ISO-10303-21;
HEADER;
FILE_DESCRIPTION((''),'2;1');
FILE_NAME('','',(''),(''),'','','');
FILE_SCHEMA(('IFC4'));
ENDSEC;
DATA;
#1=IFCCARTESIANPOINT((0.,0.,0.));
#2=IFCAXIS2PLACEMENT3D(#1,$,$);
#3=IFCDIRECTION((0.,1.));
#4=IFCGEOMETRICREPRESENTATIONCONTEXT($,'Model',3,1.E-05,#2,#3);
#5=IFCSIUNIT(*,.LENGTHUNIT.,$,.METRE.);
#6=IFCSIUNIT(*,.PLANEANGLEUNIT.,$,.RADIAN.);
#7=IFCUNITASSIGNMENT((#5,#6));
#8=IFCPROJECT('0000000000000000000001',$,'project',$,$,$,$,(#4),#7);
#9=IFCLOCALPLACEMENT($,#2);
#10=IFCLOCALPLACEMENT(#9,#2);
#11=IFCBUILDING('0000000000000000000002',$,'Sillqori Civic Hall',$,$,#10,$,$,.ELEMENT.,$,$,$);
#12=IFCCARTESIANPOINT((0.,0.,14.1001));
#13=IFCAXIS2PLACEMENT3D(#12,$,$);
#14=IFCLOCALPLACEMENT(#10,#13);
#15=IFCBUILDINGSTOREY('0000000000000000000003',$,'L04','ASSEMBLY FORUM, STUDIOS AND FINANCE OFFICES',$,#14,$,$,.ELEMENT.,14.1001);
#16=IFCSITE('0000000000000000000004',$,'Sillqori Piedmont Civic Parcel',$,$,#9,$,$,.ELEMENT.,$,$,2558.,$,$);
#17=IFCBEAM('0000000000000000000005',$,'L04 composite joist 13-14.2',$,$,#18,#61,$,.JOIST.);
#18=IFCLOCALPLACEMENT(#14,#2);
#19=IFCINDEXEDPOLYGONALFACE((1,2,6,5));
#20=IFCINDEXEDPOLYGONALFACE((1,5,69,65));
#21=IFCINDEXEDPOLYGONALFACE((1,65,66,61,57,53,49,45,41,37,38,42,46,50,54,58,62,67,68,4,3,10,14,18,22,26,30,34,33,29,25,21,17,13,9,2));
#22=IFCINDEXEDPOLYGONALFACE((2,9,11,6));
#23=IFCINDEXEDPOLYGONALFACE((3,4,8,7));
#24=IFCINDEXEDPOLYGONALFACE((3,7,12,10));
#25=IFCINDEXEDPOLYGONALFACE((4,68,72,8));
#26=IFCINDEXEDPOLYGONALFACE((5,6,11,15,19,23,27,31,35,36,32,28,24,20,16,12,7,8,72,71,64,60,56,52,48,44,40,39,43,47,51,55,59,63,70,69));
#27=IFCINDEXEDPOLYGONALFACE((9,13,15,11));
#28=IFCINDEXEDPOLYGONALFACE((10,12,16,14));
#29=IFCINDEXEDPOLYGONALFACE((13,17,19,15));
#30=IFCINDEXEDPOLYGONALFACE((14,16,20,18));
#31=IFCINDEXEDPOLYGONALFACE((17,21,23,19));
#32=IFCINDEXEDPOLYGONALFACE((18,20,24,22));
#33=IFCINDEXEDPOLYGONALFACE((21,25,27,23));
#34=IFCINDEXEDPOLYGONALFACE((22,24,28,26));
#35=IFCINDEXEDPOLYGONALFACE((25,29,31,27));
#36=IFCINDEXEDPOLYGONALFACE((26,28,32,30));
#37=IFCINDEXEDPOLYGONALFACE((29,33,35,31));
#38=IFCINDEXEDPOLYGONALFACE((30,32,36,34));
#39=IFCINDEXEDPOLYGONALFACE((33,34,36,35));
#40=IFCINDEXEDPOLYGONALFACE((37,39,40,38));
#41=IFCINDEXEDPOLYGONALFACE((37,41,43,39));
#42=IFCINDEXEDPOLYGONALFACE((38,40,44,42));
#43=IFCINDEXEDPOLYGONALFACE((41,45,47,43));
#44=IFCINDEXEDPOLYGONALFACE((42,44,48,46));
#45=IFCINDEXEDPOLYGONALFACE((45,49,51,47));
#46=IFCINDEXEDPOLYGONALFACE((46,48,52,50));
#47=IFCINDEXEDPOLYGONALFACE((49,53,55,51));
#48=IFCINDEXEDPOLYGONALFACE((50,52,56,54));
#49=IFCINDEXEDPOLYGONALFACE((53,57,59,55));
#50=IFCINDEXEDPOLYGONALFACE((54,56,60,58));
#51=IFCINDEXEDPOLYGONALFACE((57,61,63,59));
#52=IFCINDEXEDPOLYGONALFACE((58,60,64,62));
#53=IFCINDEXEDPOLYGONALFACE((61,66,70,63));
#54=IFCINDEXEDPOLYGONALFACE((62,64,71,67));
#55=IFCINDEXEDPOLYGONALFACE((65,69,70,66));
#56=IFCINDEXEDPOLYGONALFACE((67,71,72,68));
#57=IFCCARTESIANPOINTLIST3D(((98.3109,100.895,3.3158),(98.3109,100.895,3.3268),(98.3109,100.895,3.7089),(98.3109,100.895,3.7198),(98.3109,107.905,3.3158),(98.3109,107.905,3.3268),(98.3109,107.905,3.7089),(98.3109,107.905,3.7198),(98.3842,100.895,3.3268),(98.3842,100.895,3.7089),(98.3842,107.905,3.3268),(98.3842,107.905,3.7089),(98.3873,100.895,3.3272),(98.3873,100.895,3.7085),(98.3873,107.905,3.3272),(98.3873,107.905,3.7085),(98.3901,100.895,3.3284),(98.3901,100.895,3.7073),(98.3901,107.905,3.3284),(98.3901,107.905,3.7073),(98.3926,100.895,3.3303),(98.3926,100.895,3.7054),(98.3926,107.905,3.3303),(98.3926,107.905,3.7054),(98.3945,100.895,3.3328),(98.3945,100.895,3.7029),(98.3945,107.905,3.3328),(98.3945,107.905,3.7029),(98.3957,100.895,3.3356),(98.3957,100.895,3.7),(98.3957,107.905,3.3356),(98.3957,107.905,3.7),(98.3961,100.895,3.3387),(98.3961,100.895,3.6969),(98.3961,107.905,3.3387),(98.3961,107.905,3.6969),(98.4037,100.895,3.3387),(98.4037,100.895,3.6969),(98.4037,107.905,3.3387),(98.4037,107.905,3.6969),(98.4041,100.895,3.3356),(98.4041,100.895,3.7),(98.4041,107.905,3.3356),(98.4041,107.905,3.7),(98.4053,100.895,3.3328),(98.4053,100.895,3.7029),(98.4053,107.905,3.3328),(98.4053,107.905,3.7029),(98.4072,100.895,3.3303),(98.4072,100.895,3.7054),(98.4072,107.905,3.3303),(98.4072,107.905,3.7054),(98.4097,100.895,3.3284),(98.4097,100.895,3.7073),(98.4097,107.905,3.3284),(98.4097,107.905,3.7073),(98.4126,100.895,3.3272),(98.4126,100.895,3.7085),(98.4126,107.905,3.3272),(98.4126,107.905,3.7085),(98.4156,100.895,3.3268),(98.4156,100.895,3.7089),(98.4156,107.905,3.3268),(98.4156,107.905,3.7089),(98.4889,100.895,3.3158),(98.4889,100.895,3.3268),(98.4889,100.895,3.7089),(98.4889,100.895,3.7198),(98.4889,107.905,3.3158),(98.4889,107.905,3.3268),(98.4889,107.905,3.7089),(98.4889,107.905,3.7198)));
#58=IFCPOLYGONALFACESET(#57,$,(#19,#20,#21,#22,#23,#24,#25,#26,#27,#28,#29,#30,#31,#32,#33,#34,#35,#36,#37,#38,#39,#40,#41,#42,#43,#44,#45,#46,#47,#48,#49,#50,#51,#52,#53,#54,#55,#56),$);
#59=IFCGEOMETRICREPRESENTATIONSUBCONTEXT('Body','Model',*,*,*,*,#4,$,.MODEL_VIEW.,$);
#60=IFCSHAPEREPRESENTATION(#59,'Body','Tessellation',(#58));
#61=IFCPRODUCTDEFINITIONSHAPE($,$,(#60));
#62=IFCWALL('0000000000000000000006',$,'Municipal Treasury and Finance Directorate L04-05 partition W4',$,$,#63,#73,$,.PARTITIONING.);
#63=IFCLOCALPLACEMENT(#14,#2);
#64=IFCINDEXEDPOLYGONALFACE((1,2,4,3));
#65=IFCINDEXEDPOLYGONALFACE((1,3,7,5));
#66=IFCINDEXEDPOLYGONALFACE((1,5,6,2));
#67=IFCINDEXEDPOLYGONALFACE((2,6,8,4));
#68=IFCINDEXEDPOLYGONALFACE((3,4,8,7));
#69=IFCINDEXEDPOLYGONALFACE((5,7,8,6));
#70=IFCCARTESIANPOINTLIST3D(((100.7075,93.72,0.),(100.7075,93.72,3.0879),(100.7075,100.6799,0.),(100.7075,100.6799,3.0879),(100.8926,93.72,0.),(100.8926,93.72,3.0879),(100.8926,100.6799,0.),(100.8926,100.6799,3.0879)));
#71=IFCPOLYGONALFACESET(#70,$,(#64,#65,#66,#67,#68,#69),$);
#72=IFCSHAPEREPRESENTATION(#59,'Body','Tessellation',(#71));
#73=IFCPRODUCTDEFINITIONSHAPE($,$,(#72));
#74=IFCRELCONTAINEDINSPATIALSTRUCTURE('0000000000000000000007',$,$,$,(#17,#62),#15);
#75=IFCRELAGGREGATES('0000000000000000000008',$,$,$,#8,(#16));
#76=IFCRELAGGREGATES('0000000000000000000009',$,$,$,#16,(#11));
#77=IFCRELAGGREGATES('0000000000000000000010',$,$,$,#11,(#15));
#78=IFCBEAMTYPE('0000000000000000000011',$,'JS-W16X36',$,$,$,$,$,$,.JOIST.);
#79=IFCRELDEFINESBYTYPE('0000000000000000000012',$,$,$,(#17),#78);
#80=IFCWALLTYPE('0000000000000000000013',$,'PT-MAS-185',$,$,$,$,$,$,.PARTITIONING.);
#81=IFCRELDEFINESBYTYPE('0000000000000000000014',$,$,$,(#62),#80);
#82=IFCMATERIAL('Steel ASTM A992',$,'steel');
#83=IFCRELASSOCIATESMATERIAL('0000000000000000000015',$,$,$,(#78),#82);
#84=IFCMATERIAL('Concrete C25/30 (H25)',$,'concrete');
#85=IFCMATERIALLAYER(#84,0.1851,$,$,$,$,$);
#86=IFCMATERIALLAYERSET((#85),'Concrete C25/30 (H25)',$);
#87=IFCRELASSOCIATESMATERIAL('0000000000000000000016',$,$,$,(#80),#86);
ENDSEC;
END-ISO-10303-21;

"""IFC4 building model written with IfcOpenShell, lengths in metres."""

from ifc_helpers import new_model, si_unit, direction, frame, frame_2d, origin, origin_2d, place, context, subcontext, project, spatial, rectangle, i_section, extrude, material, layer, layer_set, material_profile, profile_set, type_object, element, save


model = new_model("IFC4")

# Units and contexts
model_context = context("Model", 3, precision=1e-05, world=origin(), true_north=direction((0.0, 1.0)))
body_context = subcontext(model_context, "Body", "Model", "MODEL_VIEW")
ifc_project = project(units=[si_unit("LENGTHUNIT", "METRE"), si_unit("PLANEANGLEUNIT", "RADIAN")], contexts=[model_context])

# Site, building, storey
site_placement = place(None, origin())
site = spatial("IfcSite", under=ifc_project, at=site_placement, Name="Sillqori Piedmont Civic Parcel", CompositionType="ELEMENT", RefElevation=2558.0)
building_placement = place(site_placement, origin())
building = spatial("IfcBuilding", under=site, at=building_placement, Name="Sillqori Civic Hall", CompositionType="ELEMENT")
storey_placement = place(building_placement, frame((0.0, 0.0, 14.1001)))
storey = spatial("IfcBuildingStorey", under=building, at=storey_placement, Name="L04", Description="ASSEMBLY FORUM, STUDIOS AND FINANCE OFFICES", CompositionType="ELEMENT", Elevation=14.1001)

# Shared definitions
ifc_material_1 = material(Name="Steel ASTM A992", Category="steel")

# Beam
ifc_material_profile_1 = material_profile(ifc_material_1, i_section(OverallWidth=0.178, OverallDepth=0.4041, WebThickness=0.0076, FlangeThickness=0.011, FilletRadius=0.012, at=origin_2d()), Name="W16X36")
ifc_profile_set_1 = profile_set([ifc_material_profile_1], Name="Steel ASTM A992")
beam_type_1 = type_object("IfcBeamType", Name="JS-W16X36", PredefinedType="JOIST", material=ifc_profile_set_1)
for number, where, z_axis, x_axis, name in (
    (1, (98.3999, 100.895, 3.5178), (0.0, 1.0, 0.0), (-1.0, 0.0, 0.0), "L04 composite joist 13-14.2"),
):
    element("IfcBeam", number, at=place(storey_placement, frame(where, z_axis=z_axis, x_axis=x_axis)), inside=storey, type_object=beam_type_1, Name=name, PredefinedType="JOIST", context=body_context, shape_type="SweptSolid", body=[
        extrude(i_section(OverallWidth=0.178, OverallDepth=0.4041, WebThickness=0.0076, FlangeThickness=0.011, FilletRadius=0.012, at=origin_2d()), origin(), (0.0, 0.0, 1.0), 7.01),
    ])

# Wall
ifc_material_2 = material(Name="Concrete C25/30 (H25)", Category="concrete")
ifc_layer = layer(ifc_material_2, 0.1851)
ifc_layer_set = layer_set([ifc_layer], Name="Concrete C25/30 (H25)")
wall_type = type_object("IfcWallType", Name="PT-MAS-185", PredefinedType="PARTITIONING", material=ifc_layer_set)
wall_placement = place(storey_placement, frame((100.8, 93.72, 0.0), z_axis=(0.0, 0.0, 1.0), x_axis=(0.0, 1.0, 0.0)))
element("IfcWall", 2, at=wall_placement, inside=storey, type_object=wall_type, Name="Municipal Treasury and Finance Directorate L04-05 partition W4", PredefinedType="PARTITIONING", context=body_context, shape_type="SweptSolid", body=[
    extrude(rectangle(XDim=6.96, YDim=0.1851, at=frame_2d((3.48, 0.0))), origin(), (0.0, 0.0, 1.0), 3.0879),
])

save(model, "model.ifc")
